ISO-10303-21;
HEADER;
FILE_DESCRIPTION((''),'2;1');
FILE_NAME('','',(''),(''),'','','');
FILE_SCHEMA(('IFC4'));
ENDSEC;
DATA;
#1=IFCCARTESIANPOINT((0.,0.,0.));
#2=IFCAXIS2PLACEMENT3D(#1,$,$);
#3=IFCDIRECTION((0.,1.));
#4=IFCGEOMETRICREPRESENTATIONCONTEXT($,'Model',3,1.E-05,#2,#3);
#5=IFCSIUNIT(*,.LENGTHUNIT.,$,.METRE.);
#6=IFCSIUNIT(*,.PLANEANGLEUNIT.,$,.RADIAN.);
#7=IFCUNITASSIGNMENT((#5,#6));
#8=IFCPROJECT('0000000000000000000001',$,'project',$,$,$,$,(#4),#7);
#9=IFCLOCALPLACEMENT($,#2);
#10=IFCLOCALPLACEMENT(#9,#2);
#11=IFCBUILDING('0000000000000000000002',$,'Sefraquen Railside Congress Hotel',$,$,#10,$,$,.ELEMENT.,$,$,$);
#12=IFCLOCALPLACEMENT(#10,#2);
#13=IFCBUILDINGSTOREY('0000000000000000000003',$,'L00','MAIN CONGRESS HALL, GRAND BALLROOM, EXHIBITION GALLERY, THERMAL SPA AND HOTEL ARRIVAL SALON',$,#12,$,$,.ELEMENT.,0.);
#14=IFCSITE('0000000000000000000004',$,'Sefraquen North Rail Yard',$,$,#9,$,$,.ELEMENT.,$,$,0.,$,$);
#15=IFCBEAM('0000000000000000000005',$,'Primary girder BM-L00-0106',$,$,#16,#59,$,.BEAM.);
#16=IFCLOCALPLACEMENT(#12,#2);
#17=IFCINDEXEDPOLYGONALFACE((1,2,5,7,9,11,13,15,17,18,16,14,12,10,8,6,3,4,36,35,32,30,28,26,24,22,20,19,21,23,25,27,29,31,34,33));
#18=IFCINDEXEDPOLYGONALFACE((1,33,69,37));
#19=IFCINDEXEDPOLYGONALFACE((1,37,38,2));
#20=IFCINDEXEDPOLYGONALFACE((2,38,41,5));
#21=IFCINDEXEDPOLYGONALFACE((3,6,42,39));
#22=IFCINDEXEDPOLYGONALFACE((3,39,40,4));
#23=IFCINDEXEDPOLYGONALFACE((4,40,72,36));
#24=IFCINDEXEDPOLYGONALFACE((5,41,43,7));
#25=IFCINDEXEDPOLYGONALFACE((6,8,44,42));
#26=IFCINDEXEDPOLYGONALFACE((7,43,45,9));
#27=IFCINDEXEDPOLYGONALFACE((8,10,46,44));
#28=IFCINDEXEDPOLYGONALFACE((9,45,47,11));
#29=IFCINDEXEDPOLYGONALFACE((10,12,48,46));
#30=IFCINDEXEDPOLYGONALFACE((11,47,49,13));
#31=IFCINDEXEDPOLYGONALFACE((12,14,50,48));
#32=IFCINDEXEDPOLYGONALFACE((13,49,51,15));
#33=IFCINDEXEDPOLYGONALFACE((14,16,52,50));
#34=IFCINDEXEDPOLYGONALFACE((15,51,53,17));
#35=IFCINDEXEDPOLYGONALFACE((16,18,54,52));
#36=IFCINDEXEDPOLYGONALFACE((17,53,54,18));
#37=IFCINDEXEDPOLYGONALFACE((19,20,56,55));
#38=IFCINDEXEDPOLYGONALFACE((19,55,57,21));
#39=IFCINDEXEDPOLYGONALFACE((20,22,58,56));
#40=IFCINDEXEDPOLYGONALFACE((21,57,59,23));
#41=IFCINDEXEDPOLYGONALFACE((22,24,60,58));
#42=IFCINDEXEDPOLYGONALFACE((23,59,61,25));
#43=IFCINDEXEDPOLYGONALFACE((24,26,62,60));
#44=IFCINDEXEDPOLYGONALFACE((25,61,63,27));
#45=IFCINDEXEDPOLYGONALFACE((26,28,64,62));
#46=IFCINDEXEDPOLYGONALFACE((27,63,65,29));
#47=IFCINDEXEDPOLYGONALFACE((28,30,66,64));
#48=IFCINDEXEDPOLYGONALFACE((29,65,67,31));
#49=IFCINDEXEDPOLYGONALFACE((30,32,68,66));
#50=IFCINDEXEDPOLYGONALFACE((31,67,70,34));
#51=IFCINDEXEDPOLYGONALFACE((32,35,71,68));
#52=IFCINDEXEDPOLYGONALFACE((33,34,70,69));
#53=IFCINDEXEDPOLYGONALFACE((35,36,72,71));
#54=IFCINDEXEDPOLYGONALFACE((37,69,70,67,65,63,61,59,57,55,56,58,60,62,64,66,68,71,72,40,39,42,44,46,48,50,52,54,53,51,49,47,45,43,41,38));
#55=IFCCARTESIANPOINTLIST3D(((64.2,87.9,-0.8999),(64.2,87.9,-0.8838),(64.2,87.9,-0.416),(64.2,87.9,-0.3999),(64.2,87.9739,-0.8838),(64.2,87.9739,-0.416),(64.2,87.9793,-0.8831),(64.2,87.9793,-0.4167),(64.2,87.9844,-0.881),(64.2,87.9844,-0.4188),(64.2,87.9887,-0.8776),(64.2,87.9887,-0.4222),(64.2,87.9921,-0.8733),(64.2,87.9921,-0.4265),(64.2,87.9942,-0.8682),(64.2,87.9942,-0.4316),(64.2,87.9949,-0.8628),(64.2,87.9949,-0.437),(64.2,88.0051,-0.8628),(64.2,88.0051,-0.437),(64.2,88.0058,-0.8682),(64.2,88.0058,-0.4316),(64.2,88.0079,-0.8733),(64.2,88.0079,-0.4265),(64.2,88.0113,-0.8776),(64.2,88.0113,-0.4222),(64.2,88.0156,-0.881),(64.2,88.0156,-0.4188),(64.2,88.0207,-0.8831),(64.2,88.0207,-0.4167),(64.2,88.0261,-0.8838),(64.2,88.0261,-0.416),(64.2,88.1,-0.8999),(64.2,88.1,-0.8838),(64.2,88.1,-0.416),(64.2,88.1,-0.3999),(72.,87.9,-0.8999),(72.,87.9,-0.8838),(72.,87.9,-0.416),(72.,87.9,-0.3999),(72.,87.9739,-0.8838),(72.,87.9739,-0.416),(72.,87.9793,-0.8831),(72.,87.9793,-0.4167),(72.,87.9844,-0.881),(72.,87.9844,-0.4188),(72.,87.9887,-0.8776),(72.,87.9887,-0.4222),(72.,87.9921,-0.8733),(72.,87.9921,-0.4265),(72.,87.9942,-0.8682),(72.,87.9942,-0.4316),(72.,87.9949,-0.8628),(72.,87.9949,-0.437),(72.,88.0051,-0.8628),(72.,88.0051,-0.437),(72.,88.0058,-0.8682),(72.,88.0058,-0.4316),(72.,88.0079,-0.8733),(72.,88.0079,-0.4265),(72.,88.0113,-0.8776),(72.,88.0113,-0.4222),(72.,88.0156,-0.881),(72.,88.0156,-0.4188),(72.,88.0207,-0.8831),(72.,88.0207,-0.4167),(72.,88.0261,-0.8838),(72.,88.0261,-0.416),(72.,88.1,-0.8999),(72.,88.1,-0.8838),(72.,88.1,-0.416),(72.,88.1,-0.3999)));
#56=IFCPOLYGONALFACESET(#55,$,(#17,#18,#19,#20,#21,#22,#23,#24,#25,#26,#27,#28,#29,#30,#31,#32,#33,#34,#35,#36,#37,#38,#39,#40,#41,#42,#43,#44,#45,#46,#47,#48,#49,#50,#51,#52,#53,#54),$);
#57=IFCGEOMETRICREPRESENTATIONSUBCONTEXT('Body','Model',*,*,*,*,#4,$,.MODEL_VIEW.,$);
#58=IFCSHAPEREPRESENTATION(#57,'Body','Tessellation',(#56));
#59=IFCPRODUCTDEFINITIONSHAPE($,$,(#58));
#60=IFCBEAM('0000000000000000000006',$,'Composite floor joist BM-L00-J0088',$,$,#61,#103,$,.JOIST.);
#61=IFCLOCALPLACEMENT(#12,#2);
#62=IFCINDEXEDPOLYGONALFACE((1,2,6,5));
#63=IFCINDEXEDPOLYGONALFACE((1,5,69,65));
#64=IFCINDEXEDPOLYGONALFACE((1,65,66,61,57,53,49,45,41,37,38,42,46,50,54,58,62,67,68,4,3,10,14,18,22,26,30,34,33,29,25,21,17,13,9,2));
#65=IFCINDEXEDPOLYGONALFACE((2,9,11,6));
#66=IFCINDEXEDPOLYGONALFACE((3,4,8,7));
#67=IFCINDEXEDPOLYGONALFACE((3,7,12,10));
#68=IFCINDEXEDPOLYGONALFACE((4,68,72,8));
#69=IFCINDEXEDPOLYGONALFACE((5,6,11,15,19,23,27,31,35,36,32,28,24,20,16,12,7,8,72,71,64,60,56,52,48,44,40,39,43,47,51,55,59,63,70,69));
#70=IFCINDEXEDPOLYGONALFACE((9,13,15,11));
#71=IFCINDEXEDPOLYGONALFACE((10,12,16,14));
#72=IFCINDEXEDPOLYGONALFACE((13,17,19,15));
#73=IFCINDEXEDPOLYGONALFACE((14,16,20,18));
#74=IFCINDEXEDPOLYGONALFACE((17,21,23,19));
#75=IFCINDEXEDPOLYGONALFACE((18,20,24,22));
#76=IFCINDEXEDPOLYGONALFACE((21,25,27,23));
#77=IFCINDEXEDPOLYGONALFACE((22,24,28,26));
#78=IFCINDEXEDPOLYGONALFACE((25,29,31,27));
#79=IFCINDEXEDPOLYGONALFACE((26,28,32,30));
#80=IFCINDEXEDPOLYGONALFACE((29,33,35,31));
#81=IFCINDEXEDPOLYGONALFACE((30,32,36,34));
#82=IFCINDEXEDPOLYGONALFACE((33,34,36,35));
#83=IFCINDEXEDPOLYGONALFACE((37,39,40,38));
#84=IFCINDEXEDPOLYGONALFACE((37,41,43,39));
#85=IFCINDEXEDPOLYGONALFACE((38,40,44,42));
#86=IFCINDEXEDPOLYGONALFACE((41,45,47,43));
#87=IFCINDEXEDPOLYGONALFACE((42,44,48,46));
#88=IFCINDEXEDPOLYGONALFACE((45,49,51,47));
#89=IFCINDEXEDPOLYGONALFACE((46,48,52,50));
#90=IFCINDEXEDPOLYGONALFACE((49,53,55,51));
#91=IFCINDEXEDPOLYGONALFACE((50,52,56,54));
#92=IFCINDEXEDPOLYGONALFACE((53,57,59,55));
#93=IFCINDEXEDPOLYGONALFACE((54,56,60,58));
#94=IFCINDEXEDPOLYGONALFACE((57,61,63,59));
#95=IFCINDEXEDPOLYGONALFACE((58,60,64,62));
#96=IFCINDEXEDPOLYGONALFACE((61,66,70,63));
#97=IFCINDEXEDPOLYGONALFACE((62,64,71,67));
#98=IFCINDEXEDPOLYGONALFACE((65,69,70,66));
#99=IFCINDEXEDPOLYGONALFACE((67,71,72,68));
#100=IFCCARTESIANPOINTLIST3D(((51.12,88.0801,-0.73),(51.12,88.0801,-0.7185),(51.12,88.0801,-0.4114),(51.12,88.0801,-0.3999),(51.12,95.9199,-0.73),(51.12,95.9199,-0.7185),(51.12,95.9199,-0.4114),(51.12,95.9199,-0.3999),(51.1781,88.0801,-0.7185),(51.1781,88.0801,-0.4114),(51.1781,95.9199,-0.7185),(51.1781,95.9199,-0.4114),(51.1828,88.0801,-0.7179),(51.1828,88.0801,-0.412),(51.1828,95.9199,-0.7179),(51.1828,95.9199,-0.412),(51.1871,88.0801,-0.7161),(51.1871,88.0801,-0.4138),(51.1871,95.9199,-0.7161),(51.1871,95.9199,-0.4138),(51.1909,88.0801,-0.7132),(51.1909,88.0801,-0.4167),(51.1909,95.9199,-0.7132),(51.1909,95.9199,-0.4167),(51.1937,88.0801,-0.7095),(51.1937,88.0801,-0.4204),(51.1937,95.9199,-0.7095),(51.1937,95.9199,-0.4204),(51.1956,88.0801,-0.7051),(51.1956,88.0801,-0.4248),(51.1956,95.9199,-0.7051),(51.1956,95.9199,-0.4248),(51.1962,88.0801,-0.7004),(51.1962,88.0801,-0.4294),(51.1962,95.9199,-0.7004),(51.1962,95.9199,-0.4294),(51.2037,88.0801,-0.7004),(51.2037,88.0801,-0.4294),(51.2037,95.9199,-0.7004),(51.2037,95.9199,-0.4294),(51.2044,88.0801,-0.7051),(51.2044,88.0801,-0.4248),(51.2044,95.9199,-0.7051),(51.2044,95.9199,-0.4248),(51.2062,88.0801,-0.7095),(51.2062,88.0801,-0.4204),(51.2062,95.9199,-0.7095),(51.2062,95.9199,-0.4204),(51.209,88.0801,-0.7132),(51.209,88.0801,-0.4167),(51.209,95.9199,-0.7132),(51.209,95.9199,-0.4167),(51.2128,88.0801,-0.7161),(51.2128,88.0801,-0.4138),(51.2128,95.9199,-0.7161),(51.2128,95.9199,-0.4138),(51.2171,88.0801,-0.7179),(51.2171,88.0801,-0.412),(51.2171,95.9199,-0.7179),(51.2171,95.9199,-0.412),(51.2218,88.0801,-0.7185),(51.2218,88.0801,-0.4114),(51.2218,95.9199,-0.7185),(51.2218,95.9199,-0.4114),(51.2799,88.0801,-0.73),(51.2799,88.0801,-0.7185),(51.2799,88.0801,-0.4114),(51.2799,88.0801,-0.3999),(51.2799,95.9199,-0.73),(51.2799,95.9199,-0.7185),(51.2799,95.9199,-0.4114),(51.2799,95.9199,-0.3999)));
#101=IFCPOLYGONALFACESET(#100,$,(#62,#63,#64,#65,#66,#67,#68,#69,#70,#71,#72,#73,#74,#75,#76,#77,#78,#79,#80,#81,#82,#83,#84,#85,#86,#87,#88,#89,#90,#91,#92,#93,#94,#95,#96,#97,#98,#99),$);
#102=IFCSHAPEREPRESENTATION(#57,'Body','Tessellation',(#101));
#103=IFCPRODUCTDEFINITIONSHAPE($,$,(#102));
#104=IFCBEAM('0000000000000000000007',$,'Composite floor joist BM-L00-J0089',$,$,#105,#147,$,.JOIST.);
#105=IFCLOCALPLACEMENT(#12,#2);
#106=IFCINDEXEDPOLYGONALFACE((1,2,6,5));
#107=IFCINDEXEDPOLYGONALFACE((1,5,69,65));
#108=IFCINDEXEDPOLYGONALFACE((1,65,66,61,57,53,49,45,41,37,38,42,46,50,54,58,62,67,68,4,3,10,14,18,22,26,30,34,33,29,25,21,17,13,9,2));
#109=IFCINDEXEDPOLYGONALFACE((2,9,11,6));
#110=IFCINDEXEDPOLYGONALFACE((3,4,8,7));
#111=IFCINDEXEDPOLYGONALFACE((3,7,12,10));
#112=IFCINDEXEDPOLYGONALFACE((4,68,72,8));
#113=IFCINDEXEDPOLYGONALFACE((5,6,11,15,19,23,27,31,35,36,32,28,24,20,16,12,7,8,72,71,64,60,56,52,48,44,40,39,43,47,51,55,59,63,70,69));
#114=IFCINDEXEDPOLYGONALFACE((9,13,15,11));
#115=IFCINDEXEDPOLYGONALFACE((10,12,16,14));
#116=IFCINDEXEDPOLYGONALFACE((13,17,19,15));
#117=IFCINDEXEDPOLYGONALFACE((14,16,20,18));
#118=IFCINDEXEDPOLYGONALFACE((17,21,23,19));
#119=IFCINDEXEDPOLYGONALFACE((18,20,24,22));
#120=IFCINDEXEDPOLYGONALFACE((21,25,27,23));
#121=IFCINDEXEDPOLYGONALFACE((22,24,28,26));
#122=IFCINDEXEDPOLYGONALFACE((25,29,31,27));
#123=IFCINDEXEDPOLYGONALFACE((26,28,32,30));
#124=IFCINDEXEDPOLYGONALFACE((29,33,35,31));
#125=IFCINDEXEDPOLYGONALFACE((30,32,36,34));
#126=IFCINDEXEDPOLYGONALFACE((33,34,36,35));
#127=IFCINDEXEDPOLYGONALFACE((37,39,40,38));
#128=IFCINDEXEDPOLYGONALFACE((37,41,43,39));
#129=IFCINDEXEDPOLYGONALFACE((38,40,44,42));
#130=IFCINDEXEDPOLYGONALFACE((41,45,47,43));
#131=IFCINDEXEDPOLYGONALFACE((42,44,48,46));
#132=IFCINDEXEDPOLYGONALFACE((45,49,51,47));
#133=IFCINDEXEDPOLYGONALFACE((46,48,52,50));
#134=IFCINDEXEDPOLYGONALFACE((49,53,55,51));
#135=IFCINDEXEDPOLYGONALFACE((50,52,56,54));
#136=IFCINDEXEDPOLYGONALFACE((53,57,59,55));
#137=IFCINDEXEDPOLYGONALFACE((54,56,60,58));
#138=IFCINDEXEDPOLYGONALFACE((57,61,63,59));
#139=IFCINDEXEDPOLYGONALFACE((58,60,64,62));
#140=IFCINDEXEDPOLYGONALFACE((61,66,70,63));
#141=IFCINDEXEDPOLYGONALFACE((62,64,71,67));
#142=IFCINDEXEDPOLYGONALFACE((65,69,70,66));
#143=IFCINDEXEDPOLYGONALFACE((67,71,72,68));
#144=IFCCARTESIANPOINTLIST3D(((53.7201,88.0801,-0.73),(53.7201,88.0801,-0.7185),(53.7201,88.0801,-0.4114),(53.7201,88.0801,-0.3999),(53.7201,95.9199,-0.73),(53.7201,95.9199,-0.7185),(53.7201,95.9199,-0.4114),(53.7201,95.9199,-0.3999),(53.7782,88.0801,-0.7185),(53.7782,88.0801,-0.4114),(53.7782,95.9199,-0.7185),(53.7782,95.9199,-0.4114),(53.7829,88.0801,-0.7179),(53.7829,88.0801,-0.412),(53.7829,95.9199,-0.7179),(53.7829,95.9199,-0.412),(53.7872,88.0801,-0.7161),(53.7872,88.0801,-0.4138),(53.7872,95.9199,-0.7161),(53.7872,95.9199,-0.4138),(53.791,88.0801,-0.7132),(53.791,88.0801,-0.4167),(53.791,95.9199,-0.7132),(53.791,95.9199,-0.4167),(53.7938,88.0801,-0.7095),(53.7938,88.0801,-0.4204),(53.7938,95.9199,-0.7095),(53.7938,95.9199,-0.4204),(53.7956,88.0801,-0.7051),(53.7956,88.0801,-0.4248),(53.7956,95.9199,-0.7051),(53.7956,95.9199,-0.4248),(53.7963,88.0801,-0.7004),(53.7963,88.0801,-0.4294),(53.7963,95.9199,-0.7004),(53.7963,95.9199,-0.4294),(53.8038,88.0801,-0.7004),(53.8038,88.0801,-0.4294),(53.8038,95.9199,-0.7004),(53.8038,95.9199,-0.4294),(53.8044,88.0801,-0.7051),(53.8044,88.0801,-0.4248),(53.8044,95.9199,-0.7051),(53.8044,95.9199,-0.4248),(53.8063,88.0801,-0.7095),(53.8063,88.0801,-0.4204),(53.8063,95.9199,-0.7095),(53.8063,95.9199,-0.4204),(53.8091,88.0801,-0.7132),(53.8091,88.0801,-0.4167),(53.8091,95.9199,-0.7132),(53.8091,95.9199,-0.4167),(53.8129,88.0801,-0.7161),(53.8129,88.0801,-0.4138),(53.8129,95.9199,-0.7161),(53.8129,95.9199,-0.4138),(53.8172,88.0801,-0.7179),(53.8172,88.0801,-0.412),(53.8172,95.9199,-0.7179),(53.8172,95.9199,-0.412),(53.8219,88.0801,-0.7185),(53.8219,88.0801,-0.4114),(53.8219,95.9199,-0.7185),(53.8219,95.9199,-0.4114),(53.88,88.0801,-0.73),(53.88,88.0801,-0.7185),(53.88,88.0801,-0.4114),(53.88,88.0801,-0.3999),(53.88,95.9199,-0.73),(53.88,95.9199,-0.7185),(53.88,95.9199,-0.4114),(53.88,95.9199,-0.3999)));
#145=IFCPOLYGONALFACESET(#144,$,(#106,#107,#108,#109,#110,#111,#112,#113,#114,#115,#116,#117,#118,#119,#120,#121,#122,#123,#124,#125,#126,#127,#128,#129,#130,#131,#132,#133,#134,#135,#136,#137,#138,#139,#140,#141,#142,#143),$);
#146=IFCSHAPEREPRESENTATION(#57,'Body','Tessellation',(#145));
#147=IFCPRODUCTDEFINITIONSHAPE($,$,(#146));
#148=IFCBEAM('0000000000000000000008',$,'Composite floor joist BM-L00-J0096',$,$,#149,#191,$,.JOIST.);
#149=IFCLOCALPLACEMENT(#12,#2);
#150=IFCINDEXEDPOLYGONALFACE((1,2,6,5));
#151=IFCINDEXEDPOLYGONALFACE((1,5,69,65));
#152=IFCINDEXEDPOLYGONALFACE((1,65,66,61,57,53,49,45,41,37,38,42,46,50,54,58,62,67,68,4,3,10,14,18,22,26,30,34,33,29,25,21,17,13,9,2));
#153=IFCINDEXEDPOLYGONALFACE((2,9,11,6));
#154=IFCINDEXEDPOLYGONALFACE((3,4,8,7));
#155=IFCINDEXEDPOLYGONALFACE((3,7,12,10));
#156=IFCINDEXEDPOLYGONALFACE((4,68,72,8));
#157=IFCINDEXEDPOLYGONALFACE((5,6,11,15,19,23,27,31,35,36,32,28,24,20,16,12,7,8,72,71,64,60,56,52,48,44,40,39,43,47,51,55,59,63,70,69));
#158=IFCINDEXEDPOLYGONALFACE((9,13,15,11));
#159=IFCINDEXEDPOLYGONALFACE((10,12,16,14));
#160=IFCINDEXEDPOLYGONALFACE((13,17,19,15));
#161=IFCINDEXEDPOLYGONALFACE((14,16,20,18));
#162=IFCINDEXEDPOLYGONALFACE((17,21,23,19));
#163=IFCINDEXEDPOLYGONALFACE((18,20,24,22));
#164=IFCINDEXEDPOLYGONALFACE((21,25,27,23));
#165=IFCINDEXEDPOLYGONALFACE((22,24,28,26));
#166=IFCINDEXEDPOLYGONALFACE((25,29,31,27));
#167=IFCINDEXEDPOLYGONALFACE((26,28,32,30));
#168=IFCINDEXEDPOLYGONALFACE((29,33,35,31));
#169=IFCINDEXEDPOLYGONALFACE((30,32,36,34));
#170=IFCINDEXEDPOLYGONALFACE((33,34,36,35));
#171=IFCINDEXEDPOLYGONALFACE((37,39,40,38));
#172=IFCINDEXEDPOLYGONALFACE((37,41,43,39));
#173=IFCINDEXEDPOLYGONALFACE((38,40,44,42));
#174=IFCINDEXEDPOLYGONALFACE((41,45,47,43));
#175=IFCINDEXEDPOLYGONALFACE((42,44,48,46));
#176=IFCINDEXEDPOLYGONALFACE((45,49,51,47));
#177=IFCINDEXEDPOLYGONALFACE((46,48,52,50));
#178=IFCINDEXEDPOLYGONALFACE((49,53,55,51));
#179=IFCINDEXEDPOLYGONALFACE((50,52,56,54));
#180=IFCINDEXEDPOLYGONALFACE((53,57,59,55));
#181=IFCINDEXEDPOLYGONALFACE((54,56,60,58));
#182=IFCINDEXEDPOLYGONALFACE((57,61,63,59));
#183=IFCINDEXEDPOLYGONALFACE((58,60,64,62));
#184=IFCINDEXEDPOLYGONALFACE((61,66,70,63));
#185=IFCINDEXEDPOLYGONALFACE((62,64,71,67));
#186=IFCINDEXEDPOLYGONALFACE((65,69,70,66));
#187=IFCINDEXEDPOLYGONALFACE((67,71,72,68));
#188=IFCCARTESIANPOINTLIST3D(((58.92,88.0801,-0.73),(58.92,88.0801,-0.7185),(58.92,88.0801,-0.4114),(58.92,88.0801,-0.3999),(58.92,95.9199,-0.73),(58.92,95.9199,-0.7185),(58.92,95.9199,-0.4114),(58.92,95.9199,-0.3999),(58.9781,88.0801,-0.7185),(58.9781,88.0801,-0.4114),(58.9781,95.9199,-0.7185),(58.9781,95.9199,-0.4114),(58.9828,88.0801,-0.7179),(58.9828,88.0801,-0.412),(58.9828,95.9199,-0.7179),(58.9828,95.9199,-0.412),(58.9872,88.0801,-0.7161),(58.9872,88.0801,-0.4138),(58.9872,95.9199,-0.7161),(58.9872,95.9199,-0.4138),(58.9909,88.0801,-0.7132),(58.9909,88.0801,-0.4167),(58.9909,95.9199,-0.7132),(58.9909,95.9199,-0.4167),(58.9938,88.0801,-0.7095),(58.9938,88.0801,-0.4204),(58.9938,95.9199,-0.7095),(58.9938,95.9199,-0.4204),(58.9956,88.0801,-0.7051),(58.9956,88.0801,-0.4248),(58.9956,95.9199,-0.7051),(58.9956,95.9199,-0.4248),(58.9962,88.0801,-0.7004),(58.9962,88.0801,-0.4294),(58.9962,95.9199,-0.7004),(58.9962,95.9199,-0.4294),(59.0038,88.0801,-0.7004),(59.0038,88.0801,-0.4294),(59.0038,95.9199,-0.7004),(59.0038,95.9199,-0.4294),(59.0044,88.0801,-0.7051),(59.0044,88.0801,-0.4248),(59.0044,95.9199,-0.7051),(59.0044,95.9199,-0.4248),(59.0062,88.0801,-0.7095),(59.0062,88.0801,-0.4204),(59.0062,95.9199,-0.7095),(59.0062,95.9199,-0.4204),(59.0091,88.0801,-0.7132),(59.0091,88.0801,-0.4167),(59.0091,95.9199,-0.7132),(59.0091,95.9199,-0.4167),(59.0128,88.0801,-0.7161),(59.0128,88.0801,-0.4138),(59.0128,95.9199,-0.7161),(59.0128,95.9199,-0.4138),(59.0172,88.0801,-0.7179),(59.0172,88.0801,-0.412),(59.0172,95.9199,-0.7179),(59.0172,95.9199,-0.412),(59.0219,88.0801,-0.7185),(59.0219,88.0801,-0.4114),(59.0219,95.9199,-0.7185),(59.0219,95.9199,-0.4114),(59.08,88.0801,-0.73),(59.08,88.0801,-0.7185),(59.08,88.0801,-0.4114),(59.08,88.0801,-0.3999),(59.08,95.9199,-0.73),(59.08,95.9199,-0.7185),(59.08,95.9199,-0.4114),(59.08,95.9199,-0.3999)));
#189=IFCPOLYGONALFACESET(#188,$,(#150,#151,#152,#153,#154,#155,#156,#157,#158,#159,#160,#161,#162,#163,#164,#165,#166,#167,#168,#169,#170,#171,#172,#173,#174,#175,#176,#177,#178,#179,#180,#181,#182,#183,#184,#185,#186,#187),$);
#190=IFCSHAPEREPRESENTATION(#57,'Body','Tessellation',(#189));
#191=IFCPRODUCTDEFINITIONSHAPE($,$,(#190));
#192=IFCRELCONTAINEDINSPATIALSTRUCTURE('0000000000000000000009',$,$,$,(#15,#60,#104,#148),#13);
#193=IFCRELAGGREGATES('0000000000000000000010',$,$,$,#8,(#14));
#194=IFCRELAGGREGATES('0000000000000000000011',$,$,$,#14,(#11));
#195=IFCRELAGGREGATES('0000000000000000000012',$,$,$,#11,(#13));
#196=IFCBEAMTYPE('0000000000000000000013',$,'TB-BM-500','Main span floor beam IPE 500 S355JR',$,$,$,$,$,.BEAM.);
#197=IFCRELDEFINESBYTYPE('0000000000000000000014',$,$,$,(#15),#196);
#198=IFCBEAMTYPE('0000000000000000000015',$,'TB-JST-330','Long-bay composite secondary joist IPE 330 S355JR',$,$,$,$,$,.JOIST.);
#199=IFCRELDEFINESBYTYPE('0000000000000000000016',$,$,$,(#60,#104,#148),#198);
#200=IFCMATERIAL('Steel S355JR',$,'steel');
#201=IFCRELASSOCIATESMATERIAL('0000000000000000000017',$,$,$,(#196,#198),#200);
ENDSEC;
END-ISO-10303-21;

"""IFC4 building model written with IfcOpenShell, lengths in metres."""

from ifc_helpers import new_model, si_unit, direction, frame, origin, origin_2d, place, context, subcontext, project, spatial, i_section, extrude, material, material_profile, profile_set, type_object, element, save


model = new_model("IFC4")

# Units and contexts
model_context = context("Model", 3, precision=1e-05, world=origin(), true_north=direction((0.0, 1.0)))
body_context = subcontext(model_context, "Body", "Model", "MODEL_VIEW")
ifc_project = project(units=[si_unit("LENGTHUNIT", "METRE"), si_unit("PLANEANGLEUNIT", "RADIAN")], contexts=[model_context])

# Site, building, storey
site_placement = place(None, origin())
site = spatial("IfcSite", under=ifc_project, at=site_placement, Name="Sefraquen North Rail Yard", CompositionType="ELEMENT", RefElevation=0.0)
building_placement = place(site_placement, origin())
building = spatial("IfcBuilding", under=site, at=building_placement, Name="Sefraquen Railside Congress Hotel", CompositionType="ELEMENT")
storey_placement = place(building_placement, origin())
storey = spatial("IfcBuildingStorey", under=building, at=storey_placement, Name="L00", Description="MAIN CONGRESS HALL, GRAND BALLROOM, EXHIBITION GALLERY, THERMAL SPA AND HOTEL ARRIVAL SALON", CompositionType="ELEMENT", Elevation=0.0)

# Shared definitions
ifc_material_1 = material(Name="Steel S355JR", Category="steel")

# Beams
ifc_material_profile_1 = material_profile(ifc_material_1, i_section(OverallWidth=0.2, OverallDepth=0.5, WebThickness=0.0103, FlangeThickness=0.0161, FilletRadius=0.021, at=origin_2d()), Name="IPE 500")
ifc_profile_set_1 = profile_set([ifc_material_profile_1], Name="Steel S355JR")
beam_type_1 = type_object("IfcBeamType", Name="TB-BM-500", Description="Main span floor beam IPE 500 S355JR", PredefinedType="BEAM", material=ifc_profile_set_1)
for number, where, z_axis, x_axis, name in (
    (1, (64.2, 88.0, -0.6499), (1.0, 0.0, 0.0), (0.0, 1.0, 0.0), "Primary girder BM-L00-0106"),
):
    element("IfcBeam", number, at=place(storey_placement, frame(where, z_axis=z_axis, x_axis=x_axis)), inside=storey, type_object=beam_type_1, Name=name, PredefinedType="BEAM", context=body_context, shape_type="SweptSolid", body=[
        extrude(i_section(OverallWidth=0.2, OverallDepth=0.5, WebThickness=0.0103, FlangeThickness=0.0161, FilletRadius=0.021, at=origin_2d()), origin(), (0.0, 0.0, 1.0), 7.8),
    ])
ifc_material_profile_2 = material_profile(ifc_material_1, i_section(OverallWidth=0.1599, OverallDepth=0.3301, WebThickness=0.0076, FlangeThickness=0.0115, FilletRadius=0.0181, at=origin_2d()), Name="IPE 330")
ifc_profile_set_2 = profile_set([ifc_material_profile_2], Name="Steel S355JR")
beam_type_2 = type_object("IfcBeamType", Name="TB-JST-330", Description="Long-bay composite secondary joist IPE 330 S355JR", PredefinedType="JOIST", material=ifc_profile_set_2)
for number, where, z_axis, x_axis, name in (
    (2, (51.2, 88.0801, -0.5649), (0.0, 1.0, 0.0), (-1.0, 0.0, 0.0), "Composite floor joist BM-L00-J0088"),
    (3, (53.8, 88.0801, -0.5649), (0.0, 1.0, 0.0), (-1.0, 0.0, 0.0), "Composite floor joist BM-L00-J0089"),
    (4, (59.0, 88.0801, -0.5649), (0.0, 1.0, 0.0), (-1.0, 0.0, 0.0), "Composite floor joist BM-L00-J0096"),
):
    element("IfcBeam", number, at=place(storey_placement, frame(where, z_axis=z_axis, x_axis=x_axis)), inside=storey, type_object=beam_type_2, Name=name, PredefinedType="JOIST", context=body_context, shape_type="SweptSolid", body=[
        extrude(i_section(OverallWidth=0.1599, OverallDepth=0.3301, WebThickness=0.0076, FlangeThickness=0.0115, FilletRadius=0.0181, at=origin_2d()), origin(), (0.0, 0.0, 1.0), 7.8398),
    ])

save(model, "model.ifc")
